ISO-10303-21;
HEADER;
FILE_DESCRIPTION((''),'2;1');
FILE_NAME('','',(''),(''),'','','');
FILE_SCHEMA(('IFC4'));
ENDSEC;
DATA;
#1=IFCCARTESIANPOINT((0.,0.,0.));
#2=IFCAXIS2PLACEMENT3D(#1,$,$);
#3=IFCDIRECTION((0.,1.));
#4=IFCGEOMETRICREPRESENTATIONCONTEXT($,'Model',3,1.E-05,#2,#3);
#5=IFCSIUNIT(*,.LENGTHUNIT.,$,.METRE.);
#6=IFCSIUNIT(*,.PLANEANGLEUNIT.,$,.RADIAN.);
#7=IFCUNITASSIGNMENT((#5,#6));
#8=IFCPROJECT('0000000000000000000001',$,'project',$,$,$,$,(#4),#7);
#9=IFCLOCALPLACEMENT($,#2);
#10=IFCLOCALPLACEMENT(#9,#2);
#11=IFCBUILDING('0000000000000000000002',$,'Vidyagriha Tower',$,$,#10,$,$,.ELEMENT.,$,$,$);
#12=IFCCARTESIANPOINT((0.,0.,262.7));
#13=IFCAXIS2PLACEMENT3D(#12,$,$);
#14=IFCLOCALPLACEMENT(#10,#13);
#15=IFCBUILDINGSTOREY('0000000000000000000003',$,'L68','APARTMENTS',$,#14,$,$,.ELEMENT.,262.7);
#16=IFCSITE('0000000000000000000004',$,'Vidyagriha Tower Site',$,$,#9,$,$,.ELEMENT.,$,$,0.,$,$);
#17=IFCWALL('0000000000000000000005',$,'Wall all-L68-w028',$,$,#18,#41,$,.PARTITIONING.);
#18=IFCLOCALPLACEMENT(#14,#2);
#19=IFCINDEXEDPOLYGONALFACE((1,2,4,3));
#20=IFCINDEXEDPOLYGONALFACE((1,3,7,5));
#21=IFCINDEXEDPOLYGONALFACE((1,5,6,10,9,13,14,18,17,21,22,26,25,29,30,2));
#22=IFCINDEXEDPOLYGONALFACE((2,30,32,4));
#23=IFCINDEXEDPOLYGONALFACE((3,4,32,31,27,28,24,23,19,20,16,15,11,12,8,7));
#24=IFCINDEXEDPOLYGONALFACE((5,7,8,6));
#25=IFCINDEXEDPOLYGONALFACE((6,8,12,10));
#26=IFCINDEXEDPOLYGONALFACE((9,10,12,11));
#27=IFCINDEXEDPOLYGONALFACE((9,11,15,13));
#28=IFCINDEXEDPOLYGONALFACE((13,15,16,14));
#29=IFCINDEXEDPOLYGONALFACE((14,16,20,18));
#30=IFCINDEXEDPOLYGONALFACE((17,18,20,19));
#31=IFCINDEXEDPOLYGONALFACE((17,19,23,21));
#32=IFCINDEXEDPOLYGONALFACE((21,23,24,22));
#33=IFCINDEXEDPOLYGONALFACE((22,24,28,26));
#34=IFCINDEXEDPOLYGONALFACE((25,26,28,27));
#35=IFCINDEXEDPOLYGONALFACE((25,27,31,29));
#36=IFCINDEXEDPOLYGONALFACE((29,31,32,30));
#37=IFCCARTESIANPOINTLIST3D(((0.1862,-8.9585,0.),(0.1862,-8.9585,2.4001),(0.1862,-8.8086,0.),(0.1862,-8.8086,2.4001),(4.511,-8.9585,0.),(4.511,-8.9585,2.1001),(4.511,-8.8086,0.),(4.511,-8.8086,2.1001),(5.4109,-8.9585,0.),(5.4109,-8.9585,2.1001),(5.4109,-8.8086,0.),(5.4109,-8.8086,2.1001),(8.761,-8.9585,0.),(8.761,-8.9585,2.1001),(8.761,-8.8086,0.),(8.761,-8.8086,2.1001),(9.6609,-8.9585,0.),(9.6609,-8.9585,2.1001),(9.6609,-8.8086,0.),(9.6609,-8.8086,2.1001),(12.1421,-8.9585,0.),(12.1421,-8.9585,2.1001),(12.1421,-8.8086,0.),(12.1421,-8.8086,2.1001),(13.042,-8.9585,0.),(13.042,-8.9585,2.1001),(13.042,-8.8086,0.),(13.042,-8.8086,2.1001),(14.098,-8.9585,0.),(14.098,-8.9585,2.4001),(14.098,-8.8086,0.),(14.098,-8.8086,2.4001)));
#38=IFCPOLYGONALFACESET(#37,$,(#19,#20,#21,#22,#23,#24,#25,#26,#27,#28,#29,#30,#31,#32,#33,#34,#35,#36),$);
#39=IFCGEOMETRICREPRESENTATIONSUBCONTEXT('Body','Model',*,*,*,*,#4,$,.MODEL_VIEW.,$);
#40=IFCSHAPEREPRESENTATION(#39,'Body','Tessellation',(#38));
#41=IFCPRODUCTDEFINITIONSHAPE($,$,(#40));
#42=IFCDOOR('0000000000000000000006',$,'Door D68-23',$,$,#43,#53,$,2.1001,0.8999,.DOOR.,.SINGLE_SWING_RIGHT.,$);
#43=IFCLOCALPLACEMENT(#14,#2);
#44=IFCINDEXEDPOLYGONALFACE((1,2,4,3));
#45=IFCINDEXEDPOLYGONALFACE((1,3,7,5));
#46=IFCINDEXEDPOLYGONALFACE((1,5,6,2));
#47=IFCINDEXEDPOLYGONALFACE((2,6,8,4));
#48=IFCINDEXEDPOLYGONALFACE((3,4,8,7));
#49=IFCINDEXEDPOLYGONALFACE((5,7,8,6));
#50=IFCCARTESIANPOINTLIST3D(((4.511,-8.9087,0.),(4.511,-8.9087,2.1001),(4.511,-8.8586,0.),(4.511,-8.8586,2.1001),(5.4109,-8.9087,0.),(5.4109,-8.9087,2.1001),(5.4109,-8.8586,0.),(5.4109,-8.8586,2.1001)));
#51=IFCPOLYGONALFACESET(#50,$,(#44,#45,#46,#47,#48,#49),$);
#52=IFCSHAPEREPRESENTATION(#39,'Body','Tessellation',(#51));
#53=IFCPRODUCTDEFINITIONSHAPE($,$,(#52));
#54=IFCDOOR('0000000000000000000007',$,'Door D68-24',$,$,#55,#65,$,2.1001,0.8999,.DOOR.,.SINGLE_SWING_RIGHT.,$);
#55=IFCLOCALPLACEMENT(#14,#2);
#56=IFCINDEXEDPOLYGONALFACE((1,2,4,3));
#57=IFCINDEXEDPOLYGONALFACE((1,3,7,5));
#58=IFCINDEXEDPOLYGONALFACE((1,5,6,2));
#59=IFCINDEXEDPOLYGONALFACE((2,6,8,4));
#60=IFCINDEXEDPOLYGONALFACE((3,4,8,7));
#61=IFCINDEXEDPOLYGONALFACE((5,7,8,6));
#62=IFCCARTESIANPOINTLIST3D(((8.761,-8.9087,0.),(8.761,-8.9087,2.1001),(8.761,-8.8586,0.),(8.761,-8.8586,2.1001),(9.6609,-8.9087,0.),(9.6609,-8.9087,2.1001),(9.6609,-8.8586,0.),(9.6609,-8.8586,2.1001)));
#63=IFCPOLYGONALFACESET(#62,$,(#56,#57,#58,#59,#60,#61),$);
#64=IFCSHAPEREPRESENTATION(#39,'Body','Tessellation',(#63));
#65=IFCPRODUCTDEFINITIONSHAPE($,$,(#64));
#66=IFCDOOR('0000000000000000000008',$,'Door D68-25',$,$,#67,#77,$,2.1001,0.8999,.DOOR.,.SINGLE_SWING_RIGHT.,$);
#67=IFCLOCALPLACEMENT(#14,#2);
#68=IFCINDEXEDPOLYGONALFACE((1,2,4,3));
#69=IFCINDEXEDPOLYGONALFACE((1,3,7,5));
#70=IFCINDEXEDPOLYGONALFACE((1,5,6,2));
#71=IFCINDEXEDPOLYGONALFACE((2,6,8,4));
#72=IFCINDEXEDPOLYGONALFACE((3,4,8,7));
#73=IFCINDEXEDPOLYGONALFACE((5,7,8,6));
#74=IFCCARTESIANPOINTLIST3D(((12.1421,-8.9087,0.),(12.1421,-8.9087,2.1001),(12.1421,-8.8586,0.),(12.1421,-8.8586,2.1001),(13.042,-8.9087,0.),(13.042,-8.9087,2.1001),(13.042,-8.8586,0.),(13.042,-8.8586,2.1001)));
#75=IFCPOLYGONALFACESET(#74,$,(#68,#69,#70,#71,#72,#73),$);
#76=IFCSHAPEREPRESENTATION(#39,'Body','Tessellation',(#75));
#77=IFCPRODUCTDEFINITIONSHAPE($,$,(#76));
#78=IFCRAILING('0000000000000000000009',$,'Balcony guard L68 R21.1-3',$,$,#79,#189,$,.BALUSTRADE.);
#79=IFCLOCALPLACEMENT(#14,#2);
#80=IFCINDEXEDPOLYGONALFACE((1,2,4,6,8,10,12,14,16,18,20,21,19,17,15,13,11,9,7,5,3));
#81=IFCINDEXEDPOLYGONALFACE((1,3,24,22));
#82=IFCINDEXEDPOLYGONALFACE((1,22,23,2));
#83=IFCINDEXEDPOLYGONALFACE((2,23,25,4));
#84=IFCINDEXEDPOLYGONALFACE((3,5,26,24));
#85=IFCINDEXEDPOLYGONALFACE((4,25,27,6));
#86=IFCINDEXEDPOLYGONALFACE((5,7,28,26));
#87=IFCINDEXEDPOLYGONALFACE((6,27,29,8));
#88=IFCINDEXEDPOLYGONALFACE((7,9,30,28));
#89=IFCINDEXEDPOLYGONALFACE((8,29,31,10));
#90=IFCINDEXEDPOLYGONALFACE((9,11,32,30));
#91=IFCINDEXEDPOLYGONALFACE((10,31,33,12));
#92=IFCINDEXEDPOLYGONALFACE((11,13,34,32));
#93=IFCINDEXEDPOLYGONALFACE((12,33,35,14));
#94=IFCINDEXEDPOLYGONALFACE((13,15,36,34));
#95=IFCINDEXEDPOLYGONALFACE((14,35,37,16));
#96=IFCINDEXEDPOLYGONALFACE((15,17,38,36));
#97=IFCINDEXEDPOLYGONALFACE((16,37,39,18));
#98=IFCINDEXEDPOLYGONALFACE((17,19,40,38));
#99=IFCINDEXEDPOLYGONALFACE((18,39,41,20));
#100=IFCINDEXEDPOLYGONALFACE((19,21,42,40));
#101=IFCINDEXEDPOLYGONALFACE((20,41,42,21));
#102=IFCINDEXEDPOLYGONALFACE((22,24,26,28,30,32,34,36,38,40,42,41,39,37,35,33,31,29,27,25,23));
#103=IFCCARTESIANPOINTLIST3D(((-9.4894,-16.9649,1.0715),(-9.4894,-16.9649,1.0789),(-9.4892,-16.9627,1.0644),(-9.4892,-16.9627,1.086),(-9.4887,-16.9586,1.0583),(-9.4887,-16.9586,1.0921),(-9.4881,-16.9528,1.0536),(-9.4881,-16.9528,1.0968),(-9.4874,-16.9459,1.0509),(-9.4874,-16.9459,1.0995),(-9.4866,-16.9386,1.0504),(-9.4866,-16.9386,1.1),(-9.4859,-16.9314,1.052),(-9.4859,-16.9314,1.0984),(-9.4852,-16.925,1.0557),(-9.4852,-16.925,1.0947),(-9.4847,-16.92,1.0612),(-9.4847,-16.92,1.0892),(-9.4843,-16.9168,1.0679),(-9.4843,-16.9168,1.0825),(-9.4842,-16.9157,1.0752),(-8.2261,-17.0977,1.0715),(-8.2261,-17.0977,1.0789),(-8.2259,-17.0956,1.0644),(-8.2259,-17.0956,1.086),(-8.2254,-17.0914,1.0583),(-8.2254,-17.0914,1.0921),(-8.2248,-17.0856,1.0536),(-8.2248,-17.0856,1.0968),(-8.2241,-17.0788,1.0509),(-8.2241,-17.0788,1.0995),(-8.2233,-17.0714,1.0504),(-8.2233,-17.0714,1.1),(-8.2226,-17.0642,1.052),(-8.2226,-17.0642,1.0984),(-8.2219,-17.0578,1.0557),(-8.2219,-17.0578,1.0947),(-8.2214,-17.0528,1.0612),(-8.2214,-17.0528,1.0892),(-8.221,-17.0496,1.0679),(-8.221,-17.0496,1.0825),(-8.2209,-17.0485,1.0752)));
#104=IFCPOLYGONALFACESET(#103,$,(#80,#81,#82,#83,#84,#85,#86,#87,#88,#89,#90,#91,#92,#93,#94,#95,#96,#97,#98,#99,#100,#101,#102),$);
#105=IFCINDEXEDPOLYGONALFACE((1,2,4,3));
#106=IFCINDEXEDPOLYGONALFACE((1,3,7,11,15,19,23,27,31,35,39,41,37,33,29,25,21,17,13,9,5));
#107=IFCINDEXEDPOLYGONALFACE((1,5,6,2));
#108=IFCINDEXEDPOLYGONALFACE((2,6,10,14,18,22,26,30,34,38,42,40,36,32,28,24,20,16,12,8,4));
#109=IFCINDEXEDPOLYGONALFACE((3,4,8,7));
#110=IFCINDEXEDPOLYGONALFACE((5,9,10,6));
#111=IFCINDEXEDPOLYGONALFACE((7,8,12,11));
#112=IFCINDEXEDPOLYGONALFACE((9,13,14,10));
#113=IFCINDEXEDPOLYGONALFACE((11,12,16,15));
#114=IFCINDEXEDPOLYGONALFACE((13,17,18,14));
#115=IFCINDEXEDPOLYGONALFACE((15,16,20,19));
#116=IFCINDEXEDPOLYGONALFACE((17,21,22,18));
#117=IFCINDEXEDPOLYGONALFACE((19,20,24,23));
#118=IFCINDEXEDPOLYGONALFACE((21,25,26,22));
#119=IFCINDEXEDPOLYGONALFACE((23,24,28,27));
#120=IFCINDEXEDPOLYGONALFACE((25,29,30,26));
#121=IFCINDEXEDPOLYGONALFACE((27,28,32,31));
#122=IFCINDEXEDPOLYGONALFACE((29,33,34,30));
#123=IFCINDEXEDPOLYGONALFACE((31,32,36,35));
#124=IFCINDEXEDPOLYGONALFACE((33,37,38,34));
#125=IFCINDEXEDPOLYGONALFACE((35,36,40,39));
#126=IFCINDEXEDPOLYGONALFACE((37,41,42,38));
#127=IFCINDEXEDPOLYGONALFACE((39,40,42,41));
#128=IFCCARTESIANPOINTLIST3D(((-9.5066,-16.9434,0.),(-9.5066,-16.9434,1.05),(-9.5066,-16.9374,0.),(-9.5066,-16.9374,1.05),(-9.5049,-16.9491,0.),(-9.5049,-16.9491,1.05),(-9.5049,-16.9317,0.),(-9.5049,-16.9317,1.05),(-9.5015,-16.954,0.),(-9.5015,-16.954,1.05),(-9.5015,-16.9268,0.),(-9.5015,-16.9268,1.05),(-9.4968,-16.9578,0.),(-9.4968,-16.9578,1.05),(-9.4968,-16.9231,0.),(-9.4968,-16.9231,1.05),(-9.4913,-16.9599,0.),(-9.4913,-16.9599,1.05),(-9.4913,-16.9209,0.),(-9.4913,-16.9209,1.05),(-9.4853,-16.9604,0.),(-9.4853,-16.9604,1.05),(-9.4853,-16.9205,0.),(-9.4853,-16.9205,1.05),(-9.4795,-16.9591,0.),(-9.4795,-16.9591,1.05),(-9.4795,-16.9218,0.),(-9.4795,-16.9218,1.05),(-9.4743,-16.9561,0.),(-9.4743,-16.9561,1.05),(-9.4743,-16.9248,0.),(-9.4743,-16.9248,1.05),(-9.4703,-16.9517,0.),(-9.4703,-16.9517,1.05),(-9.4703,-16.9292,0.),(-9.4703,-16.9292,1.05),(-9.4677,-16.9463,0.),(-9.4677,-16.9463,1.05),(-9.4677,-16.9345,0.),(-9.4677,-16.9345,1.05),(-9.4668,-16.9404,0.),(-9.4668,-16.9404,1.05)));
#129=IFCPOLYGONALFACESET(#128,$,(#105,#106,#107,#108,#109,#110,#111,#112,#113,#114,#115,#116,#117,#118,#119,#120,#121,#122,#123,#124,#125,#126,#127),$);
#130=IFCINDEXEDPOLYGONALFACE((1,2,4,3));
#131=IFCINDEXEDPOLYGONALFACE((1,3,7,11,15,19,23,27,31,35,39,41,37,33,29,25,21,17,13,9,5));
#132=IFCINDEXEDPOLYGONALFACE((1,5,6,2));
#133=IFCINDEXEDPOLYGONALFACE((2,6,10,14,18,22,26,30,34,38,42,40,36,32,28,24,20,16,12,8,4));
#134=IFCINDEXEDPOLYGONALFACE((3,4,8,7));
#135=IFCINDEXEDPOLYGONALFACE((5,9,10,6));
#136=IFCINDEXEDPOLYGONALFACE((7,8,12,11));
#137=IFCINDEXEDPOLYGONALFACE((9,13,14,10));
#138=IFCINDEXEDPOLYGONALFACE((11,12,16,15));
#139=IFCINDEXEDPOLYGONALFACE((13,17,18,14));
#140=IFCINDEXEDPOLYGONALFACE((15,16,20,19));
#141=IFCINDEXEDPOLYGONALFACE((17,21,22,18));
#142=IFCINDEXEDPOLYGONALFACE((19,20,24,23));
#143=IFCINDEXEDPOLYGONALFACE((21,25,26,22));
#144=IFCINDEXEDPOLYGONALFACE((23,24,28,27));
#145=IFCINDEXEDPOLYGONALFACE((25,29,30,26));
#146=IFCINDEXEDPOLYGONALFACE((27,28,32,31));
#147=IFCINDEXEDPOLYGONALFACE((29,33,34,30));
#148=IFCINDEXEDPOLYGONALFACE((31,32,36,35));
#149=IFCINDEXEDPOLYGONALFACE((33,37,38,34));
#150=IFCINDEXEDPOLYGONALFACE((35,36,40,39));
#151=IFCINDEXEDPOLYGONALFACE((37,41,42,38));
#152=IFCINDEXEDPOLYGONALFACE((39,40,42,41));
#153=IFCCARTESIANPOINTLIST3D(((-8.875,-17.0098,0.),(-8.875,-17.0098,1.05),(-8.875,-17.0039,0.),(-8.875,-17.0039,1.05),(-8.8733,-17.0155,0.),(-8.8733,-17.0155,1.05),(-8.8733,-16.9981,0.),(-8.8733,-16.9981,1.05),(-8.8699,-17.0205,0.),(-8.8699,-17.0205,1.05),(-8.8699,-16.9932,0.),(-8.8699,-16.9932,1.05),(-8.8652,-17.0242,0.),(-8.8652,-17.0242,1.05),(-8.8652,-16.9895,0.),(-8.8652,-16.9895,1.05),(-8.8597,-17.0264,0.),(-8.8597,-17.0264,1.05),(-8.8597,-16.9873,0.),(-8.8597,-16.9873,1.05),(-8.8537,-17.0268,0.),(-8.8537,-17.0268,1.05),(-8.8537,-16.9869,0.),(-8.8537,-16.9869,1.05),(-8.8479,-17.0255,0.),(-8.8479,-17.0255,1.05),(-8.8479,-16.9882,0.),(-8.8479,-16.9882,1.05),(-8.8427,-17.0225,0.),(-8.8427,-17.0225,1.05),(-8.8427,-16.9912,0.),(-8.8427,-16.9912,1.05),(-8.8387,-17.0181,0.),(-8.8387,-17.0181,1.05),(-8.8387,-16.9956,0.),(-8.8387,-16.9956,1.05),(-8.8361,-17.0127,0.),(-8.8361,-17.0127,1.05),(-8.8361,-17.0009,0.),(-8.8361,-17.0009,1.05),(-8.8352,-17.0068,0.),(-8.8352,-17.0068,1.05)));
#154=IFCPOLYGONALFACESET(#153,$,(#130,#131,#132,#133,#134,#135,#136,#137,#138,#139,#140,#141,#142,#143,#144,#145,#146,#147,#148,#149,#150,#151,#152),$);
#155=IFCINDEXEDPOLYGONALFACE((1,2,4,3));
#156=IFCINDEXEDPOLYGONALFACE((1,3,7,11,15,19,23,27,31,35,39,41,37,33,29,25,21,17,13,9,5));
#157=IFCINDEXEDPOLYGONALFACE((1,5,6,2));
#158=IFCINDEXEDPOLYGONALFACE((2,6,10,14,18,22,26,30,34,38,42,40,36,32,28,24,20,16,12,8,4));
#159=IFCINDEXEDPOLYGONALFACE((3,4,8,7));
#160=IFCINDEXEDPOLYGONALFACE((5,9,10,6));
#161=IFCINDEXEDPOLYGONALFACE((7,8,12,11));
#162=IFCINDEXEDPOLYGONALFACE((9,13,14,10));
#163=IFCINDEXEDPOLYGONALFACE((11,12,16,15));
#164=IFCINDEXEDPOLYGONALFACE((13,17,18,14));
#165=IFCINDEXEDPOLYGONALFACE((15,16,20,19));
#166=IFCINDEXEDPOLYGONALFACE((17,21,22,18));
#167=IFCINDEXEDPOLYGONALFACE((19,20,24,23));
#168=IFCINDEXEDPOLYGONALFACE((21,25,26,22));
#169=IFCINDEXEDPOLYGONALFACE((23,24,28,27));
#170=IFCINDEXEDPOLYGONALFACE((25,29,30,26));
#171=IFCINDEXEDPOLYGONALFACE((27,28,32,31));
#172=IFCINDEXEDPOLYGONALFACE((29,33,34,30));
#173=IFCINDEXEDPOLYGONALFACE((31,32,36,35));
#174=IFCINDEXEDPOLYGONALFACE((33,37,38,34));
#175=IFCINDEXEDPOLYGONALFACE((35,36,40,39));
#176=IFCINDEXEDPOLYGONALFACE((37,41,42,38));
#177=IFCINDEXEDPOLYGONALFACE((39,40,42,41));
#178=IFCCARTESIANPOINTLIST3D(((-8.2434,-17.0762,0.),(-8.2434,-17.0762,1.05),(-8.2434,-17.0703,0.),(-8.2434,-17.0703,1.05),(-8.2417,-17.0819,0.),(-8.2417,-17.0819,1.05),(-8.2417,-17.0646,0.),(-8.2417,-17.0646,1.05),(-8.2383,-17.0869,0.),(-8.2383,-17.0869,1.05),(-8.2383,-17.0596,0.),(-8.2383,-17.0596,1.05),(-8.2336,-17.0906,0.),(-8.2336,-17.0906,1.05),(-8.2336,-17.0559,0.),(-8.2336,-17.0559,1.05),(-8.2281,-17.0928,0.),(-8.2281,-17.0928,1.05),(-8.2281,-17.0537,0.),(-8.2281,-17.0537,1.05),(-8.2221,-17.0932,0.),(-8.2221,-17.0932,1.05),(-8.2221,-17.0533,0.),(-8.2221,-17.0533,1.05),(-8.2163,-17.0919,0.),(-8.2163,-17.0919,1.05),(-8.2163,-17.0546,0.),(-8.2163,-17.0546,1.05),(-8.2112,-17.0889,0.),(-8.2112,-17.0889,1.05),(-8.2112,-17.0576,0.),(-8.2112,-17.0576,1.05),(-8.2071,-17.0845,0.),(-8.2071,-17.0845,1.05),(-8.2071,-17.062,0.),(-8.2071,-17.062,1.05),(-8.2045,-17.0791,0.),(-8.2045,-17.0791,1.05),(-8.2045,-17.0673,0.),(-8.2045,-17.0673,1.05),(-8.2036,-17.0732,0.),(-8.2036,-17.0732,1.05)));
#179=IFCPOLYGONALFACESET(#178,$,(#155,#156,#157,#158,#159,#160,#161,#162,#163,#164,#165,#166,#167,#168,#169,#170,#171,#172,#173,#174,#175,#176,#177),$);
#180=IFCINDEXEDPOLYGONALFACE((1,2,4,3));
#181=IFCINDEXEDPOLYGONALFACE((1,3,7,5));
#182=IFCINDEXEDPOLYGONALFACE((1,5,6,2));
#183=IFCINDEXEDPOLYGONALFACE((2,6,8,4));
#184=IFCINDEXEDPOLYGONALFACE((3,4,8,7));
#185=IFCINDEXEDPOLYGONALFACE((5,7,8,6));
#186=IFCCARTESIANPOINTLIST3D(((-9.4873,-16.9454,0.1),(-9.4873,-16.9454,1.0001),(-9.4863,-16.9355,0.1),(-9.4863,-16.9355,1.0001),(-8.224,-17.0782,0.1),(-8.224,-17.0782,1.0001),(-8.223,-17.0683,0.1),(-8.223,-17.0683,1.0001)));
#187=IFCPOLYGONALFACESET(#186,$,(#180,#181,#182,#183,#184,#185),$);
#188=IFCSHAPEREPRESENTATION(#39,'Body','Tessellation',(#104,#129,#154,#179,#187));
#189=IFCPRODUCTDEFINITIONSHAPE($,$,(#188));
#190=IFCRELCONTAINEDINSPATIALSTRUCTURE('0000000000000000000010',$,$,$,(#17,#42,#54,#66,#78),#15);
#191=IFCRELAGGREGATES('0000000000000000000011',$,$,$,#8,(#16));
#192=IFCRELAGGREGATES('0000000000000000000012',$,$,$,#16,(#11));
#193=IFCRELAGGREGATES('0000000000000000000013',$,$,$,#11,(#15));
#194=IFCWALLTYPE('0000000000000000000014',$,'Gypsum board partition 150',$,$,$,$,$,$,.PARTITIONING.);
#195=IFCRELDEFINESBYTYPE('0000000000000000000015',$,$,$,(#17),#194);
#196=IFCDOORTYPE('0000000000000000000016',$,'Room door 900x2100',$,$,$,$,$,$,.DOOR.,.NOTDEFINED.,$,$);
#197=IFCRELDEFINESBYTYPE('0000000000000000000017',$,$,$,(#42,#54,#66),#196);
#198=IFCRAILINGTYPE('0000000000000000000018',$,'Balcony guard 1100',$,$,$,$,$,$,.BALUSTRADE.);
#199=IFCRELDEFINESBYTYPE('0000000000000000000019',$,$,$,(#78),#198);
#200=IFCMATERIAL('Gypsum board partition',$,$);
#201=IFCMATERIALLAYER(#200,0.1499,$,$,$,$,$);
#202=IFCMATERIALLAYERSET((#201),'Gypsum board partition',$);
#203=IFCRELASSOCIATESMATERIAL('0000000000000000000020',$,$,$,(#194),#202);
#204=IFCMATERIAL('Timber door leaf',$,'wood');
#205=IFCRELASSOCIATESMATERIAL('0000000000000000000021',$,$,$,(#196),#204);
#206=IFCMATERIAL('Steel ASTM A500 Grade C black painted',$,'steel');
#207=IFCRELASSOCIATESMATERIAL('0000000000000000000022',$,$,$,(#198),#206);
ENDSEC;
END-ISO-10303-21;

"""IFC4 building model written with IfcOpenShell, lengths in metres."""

from ifc_helpers import new_model, si_unit, direction, frame, frame_2d, origin, origin_2d, place, context, subcontext, project, spatial, rectangle, circle, extrude, material, layer, layer_set, type_object, element, fill, save


model = new_model("IFC4")

# Units and contexts
model_context = context("Model", 3, precision=1e-05, world=origin(), true_north=direction((0.0, 1.0)))
body_context = subcontext(model_context, "Body", "Model", "MODEL_VIEW")
ifc_project = project(units=[si_unit("LENGTHUNIT", "METRE"), si_unit("PLANEANGLEUNIT", "RADIAN")], contexts=[model_context])

# Site, building, storey
site_placement = place(None, origin())
site = spatial("IfcSite", under=ifc_project, at=site_placement, Name="Vidyagriha Tower Site", CompositionType="ELEMENT", RefElevation=0.0)
building_placement = place(site_placement, origin())
building = spatial("IfcBuilding", under=site, at=building_placement, Name="Vidyagriha Tower", CompositionType="ELEMENT")
storey_placement = place(building_placement, frame((0.0, 0.0, 262.7)))
storey = spatial("IfcBuildingStorey", under=building, at=storey_placement, Name="L68", Description="APARTMENTS", CompositionType="ELEMENT", Elevation=262.7)

# Shared definitions
ifc_material_1 = material(Name="Gypsum board partition")
ifc_layer_1 = layer(ifc_material_1, 0.1499)
ifc_layer_set_1 = layer_set([ifc_layer_1], Name="Gypsum board partition")
wall_type_1 = type_object("IfcWallType", Name="Gypsum board partition 150", PredefinedType="PARTITIONING", material=ifc_layer_set_1)

# Shared definitions
ifc_material_2 = material(Name="Timber door leaf", Category="wood")
door_type_1 = type_object("IfcDoorType", Name="Room door 900x2100", OperationType="NOTDEFINED", PredefinedType="DOOR", material=ifc_material_2)

# Wall, openings, doors
wall_1_placement = place(storey_placement, frame((0.186, -8.8835, 0.0)))
wall_1 = element("IfcWall", 1, at=wall_1_placement, inside=storey, type_object=wall_type_1, Name="Wall all-L68-w028", PredefinedType="PARTITIONING", context=body_context, shape_type="SweptSolid", body=[
    extrude(rectangle(XDim=13.9119, YDim=0.1499, at=frame_2d((6.9561, 0.0))), origin(), (0.0, 0.0, 1.0), 2.4001),
])
opening_1_placement = place(wall_1_placement, frame((4.325, 0.0, 0.0)))
opening_1 = element("IfcOpeningElement", 2, at=opening_1_placement, cuts=wall_1, PredefinedType="OPENING", context=body_context, shape_type="SweptSolid", body=[
    extrude(rectangle(XDim=0.8999, YDim=2.1001, at=frame_2d((0.45, 1.05))), frame((0.0, 0.085, 0.0), z_axis=(0.0, -1.0, 0.0), x_axis=(1.0, 0.0, 0.0)), (0.0, 0.0, 1.0), 0.1699),
])
opening_2_placement = place(wall_1_placement, frame((8.575, 0.0, 0.0)))
opening_2 = element("IfcOpeningElement", 3, at=opening_2_placement, cuts=wall_1, PredefinedType="OPENING", context=body_context, shape_type="SweptSolid", body=[
    extrude(rectangle(XDim=0.8999, YDim=2.1001, at=frame_2d((0.45, 1.05))), frame((0.0, 0.085, 0.0), z_axis=(0.0, -1.0, 0.0), x_axis=(1.0, 0.0, 0.0)), (0.0, 0.0, 1.0), 0.1699),
])
opening_3_placement = place(wall_1_placement, frame((11.9561, 0.0, 0.0)))
opening_3 = element("IfcOpeningElement", 4, at=opening_3_placement, cuts=wall_1, PredefinedType="OPENING", context=body_context, shape_type="SweptSolid", body=[
    extrude(rectangle(XDim=0.8999, YDim=2.1001, at=frame_2d((0.45, 1.05))), frame((0.0, 0.085, 0.0), z_axis=(0.0, -1.0, 0.0), x_axis=(1.0, 0.0, 0.0)), (0.0, 0.0, 1.0), 0.1699),
])
door_1_placement = place(opening_1_placement, origin())
door_1 = element("IfcDoor", 5, at=door_1_placement, inside=storey, type_object=door_type_1, Name="Door D68-23", OperationType="SINGLE_SWING_RIGHT", OverallHeight=2.1001, OverallWidth=0.8999, PredefinedType="DOOR", context=body_context, shape_type="SweptSolid", body=[
    extrude(rectangle(XDim=0.8999, YDim=2.1001, at=frame_2d((0.45, 1.05))), frame((0.0, 0.0249, 0.0), z_axis=(0.0, -1.0, 0.0), x_axis=(1.0, 0.0, 0.0)), (0.0, 0.0, 1.0), 0.05),
])
fill(opening_1, door_1)
door_2_placement = place(opening_2_placement, origin())
door_2 = element("IfcDoor", 6, at=door_2_placement, inside=storey, type_object=door_type_1, Name="Door D68-24", OperationType="SINGLE_SWING_RIGHT", OverallHeight=2.1001, OverallWidth=0.8999, PredefinedType="DOOR", context=body_context, shape_type="SweptSolid", body=[
    extrude(rectangle(XDim=0.8999, YDim=2.1001, at=frame_2d((0.45, 1.05))), frame((0.0, 0.0249, 0.0), z_axis=(0.0, -1.0, 0.0), x_axis=(1.0, 0.0, 0.0)), (0.0, 0.0, 1.0), 0.05),
])
fill(opening_2, door_2)
door_3_placement = place(opening_3_placement, origin())
door_3 = element("IfcDoor", 7, at=door_3_placement, inside=storey, type_object=door_type_1, Name="Door D68-25", OperationType="SINGLE_SWING_RIGHT", OverallHeight=2.1001, OverallWidth=0.8999, PredefinedType="DOOR", context=body_context, shape_type="SweptSolid", body=[
    extrude(rectangle(XDim=0.8999, YDim=2.1001, at=frame_2d((0.45, 1.05))), frame((0.0, 0.0249, 0.0), z_axis=(0.0, -1.0, 0.0), x_axis=(1.0, 0.0, 0.0)), (0.0, 0.0, 1.0), 0.05),
])
fill(opening_3, door_3)

# Railing
ifc_material_3 = material(Name="Steel ASTM A500 Grade C black painted", Category="steel")
railing_type = type_object("IfcRailingType", Name="Balcony guard 1100", PredefinedType="BALUSTRADE", material=ifc_material_3)
railing_1_placement = place(storey_placement, frame((-9.4868, -16.9404, 0.0)))
element("IfcRailing", 8, at=railing_1_placement, inside=storey, type_object=railing_type, Name="Balcony guard L68 R21.1-3", PredefinedType="BALUSTRADE", context=body_context, shape_type="SweptSolid", body=[
    extrude(circle(Radius=0.0249, at=origin_2d()), frame((0.0, 0.0, 1.0752), z_axis=(0.994518, -0.104565, 0.0), x_axis=(0.104565, 0.994518, 0.0)), (0.0, 0.0, 1.0), 1.2703),
    extrude(circle(Radius=0.02, at=origin_2d()), origin(), (0.0, 0.0, 1.0), 1.05),
    extrude(circle(Radius=0.02, at=origin_2d()), frame((0.6316, -0.0664, 0.0)), (0.0, 0.0, 1.0), 1.05),
    extrude(circle(Radius=0.02, at=origin_2d()), frame((1.2632, -0.1328, 0.0)), (0.0, 0.0, 1.0), 1.05),
    extrude(rectangle(XDim=0.01, YDim=0.9001, at=origin_2d()), frame((0.0, 0.0, 0.55), z_axis=(0.994518, -0.104565, 0.0), x_axis=(0.104565, 0.994518, 0.0)), (0.0, 0.0, 1.0), 1.2703),
])

save(model, "model.ifc")
